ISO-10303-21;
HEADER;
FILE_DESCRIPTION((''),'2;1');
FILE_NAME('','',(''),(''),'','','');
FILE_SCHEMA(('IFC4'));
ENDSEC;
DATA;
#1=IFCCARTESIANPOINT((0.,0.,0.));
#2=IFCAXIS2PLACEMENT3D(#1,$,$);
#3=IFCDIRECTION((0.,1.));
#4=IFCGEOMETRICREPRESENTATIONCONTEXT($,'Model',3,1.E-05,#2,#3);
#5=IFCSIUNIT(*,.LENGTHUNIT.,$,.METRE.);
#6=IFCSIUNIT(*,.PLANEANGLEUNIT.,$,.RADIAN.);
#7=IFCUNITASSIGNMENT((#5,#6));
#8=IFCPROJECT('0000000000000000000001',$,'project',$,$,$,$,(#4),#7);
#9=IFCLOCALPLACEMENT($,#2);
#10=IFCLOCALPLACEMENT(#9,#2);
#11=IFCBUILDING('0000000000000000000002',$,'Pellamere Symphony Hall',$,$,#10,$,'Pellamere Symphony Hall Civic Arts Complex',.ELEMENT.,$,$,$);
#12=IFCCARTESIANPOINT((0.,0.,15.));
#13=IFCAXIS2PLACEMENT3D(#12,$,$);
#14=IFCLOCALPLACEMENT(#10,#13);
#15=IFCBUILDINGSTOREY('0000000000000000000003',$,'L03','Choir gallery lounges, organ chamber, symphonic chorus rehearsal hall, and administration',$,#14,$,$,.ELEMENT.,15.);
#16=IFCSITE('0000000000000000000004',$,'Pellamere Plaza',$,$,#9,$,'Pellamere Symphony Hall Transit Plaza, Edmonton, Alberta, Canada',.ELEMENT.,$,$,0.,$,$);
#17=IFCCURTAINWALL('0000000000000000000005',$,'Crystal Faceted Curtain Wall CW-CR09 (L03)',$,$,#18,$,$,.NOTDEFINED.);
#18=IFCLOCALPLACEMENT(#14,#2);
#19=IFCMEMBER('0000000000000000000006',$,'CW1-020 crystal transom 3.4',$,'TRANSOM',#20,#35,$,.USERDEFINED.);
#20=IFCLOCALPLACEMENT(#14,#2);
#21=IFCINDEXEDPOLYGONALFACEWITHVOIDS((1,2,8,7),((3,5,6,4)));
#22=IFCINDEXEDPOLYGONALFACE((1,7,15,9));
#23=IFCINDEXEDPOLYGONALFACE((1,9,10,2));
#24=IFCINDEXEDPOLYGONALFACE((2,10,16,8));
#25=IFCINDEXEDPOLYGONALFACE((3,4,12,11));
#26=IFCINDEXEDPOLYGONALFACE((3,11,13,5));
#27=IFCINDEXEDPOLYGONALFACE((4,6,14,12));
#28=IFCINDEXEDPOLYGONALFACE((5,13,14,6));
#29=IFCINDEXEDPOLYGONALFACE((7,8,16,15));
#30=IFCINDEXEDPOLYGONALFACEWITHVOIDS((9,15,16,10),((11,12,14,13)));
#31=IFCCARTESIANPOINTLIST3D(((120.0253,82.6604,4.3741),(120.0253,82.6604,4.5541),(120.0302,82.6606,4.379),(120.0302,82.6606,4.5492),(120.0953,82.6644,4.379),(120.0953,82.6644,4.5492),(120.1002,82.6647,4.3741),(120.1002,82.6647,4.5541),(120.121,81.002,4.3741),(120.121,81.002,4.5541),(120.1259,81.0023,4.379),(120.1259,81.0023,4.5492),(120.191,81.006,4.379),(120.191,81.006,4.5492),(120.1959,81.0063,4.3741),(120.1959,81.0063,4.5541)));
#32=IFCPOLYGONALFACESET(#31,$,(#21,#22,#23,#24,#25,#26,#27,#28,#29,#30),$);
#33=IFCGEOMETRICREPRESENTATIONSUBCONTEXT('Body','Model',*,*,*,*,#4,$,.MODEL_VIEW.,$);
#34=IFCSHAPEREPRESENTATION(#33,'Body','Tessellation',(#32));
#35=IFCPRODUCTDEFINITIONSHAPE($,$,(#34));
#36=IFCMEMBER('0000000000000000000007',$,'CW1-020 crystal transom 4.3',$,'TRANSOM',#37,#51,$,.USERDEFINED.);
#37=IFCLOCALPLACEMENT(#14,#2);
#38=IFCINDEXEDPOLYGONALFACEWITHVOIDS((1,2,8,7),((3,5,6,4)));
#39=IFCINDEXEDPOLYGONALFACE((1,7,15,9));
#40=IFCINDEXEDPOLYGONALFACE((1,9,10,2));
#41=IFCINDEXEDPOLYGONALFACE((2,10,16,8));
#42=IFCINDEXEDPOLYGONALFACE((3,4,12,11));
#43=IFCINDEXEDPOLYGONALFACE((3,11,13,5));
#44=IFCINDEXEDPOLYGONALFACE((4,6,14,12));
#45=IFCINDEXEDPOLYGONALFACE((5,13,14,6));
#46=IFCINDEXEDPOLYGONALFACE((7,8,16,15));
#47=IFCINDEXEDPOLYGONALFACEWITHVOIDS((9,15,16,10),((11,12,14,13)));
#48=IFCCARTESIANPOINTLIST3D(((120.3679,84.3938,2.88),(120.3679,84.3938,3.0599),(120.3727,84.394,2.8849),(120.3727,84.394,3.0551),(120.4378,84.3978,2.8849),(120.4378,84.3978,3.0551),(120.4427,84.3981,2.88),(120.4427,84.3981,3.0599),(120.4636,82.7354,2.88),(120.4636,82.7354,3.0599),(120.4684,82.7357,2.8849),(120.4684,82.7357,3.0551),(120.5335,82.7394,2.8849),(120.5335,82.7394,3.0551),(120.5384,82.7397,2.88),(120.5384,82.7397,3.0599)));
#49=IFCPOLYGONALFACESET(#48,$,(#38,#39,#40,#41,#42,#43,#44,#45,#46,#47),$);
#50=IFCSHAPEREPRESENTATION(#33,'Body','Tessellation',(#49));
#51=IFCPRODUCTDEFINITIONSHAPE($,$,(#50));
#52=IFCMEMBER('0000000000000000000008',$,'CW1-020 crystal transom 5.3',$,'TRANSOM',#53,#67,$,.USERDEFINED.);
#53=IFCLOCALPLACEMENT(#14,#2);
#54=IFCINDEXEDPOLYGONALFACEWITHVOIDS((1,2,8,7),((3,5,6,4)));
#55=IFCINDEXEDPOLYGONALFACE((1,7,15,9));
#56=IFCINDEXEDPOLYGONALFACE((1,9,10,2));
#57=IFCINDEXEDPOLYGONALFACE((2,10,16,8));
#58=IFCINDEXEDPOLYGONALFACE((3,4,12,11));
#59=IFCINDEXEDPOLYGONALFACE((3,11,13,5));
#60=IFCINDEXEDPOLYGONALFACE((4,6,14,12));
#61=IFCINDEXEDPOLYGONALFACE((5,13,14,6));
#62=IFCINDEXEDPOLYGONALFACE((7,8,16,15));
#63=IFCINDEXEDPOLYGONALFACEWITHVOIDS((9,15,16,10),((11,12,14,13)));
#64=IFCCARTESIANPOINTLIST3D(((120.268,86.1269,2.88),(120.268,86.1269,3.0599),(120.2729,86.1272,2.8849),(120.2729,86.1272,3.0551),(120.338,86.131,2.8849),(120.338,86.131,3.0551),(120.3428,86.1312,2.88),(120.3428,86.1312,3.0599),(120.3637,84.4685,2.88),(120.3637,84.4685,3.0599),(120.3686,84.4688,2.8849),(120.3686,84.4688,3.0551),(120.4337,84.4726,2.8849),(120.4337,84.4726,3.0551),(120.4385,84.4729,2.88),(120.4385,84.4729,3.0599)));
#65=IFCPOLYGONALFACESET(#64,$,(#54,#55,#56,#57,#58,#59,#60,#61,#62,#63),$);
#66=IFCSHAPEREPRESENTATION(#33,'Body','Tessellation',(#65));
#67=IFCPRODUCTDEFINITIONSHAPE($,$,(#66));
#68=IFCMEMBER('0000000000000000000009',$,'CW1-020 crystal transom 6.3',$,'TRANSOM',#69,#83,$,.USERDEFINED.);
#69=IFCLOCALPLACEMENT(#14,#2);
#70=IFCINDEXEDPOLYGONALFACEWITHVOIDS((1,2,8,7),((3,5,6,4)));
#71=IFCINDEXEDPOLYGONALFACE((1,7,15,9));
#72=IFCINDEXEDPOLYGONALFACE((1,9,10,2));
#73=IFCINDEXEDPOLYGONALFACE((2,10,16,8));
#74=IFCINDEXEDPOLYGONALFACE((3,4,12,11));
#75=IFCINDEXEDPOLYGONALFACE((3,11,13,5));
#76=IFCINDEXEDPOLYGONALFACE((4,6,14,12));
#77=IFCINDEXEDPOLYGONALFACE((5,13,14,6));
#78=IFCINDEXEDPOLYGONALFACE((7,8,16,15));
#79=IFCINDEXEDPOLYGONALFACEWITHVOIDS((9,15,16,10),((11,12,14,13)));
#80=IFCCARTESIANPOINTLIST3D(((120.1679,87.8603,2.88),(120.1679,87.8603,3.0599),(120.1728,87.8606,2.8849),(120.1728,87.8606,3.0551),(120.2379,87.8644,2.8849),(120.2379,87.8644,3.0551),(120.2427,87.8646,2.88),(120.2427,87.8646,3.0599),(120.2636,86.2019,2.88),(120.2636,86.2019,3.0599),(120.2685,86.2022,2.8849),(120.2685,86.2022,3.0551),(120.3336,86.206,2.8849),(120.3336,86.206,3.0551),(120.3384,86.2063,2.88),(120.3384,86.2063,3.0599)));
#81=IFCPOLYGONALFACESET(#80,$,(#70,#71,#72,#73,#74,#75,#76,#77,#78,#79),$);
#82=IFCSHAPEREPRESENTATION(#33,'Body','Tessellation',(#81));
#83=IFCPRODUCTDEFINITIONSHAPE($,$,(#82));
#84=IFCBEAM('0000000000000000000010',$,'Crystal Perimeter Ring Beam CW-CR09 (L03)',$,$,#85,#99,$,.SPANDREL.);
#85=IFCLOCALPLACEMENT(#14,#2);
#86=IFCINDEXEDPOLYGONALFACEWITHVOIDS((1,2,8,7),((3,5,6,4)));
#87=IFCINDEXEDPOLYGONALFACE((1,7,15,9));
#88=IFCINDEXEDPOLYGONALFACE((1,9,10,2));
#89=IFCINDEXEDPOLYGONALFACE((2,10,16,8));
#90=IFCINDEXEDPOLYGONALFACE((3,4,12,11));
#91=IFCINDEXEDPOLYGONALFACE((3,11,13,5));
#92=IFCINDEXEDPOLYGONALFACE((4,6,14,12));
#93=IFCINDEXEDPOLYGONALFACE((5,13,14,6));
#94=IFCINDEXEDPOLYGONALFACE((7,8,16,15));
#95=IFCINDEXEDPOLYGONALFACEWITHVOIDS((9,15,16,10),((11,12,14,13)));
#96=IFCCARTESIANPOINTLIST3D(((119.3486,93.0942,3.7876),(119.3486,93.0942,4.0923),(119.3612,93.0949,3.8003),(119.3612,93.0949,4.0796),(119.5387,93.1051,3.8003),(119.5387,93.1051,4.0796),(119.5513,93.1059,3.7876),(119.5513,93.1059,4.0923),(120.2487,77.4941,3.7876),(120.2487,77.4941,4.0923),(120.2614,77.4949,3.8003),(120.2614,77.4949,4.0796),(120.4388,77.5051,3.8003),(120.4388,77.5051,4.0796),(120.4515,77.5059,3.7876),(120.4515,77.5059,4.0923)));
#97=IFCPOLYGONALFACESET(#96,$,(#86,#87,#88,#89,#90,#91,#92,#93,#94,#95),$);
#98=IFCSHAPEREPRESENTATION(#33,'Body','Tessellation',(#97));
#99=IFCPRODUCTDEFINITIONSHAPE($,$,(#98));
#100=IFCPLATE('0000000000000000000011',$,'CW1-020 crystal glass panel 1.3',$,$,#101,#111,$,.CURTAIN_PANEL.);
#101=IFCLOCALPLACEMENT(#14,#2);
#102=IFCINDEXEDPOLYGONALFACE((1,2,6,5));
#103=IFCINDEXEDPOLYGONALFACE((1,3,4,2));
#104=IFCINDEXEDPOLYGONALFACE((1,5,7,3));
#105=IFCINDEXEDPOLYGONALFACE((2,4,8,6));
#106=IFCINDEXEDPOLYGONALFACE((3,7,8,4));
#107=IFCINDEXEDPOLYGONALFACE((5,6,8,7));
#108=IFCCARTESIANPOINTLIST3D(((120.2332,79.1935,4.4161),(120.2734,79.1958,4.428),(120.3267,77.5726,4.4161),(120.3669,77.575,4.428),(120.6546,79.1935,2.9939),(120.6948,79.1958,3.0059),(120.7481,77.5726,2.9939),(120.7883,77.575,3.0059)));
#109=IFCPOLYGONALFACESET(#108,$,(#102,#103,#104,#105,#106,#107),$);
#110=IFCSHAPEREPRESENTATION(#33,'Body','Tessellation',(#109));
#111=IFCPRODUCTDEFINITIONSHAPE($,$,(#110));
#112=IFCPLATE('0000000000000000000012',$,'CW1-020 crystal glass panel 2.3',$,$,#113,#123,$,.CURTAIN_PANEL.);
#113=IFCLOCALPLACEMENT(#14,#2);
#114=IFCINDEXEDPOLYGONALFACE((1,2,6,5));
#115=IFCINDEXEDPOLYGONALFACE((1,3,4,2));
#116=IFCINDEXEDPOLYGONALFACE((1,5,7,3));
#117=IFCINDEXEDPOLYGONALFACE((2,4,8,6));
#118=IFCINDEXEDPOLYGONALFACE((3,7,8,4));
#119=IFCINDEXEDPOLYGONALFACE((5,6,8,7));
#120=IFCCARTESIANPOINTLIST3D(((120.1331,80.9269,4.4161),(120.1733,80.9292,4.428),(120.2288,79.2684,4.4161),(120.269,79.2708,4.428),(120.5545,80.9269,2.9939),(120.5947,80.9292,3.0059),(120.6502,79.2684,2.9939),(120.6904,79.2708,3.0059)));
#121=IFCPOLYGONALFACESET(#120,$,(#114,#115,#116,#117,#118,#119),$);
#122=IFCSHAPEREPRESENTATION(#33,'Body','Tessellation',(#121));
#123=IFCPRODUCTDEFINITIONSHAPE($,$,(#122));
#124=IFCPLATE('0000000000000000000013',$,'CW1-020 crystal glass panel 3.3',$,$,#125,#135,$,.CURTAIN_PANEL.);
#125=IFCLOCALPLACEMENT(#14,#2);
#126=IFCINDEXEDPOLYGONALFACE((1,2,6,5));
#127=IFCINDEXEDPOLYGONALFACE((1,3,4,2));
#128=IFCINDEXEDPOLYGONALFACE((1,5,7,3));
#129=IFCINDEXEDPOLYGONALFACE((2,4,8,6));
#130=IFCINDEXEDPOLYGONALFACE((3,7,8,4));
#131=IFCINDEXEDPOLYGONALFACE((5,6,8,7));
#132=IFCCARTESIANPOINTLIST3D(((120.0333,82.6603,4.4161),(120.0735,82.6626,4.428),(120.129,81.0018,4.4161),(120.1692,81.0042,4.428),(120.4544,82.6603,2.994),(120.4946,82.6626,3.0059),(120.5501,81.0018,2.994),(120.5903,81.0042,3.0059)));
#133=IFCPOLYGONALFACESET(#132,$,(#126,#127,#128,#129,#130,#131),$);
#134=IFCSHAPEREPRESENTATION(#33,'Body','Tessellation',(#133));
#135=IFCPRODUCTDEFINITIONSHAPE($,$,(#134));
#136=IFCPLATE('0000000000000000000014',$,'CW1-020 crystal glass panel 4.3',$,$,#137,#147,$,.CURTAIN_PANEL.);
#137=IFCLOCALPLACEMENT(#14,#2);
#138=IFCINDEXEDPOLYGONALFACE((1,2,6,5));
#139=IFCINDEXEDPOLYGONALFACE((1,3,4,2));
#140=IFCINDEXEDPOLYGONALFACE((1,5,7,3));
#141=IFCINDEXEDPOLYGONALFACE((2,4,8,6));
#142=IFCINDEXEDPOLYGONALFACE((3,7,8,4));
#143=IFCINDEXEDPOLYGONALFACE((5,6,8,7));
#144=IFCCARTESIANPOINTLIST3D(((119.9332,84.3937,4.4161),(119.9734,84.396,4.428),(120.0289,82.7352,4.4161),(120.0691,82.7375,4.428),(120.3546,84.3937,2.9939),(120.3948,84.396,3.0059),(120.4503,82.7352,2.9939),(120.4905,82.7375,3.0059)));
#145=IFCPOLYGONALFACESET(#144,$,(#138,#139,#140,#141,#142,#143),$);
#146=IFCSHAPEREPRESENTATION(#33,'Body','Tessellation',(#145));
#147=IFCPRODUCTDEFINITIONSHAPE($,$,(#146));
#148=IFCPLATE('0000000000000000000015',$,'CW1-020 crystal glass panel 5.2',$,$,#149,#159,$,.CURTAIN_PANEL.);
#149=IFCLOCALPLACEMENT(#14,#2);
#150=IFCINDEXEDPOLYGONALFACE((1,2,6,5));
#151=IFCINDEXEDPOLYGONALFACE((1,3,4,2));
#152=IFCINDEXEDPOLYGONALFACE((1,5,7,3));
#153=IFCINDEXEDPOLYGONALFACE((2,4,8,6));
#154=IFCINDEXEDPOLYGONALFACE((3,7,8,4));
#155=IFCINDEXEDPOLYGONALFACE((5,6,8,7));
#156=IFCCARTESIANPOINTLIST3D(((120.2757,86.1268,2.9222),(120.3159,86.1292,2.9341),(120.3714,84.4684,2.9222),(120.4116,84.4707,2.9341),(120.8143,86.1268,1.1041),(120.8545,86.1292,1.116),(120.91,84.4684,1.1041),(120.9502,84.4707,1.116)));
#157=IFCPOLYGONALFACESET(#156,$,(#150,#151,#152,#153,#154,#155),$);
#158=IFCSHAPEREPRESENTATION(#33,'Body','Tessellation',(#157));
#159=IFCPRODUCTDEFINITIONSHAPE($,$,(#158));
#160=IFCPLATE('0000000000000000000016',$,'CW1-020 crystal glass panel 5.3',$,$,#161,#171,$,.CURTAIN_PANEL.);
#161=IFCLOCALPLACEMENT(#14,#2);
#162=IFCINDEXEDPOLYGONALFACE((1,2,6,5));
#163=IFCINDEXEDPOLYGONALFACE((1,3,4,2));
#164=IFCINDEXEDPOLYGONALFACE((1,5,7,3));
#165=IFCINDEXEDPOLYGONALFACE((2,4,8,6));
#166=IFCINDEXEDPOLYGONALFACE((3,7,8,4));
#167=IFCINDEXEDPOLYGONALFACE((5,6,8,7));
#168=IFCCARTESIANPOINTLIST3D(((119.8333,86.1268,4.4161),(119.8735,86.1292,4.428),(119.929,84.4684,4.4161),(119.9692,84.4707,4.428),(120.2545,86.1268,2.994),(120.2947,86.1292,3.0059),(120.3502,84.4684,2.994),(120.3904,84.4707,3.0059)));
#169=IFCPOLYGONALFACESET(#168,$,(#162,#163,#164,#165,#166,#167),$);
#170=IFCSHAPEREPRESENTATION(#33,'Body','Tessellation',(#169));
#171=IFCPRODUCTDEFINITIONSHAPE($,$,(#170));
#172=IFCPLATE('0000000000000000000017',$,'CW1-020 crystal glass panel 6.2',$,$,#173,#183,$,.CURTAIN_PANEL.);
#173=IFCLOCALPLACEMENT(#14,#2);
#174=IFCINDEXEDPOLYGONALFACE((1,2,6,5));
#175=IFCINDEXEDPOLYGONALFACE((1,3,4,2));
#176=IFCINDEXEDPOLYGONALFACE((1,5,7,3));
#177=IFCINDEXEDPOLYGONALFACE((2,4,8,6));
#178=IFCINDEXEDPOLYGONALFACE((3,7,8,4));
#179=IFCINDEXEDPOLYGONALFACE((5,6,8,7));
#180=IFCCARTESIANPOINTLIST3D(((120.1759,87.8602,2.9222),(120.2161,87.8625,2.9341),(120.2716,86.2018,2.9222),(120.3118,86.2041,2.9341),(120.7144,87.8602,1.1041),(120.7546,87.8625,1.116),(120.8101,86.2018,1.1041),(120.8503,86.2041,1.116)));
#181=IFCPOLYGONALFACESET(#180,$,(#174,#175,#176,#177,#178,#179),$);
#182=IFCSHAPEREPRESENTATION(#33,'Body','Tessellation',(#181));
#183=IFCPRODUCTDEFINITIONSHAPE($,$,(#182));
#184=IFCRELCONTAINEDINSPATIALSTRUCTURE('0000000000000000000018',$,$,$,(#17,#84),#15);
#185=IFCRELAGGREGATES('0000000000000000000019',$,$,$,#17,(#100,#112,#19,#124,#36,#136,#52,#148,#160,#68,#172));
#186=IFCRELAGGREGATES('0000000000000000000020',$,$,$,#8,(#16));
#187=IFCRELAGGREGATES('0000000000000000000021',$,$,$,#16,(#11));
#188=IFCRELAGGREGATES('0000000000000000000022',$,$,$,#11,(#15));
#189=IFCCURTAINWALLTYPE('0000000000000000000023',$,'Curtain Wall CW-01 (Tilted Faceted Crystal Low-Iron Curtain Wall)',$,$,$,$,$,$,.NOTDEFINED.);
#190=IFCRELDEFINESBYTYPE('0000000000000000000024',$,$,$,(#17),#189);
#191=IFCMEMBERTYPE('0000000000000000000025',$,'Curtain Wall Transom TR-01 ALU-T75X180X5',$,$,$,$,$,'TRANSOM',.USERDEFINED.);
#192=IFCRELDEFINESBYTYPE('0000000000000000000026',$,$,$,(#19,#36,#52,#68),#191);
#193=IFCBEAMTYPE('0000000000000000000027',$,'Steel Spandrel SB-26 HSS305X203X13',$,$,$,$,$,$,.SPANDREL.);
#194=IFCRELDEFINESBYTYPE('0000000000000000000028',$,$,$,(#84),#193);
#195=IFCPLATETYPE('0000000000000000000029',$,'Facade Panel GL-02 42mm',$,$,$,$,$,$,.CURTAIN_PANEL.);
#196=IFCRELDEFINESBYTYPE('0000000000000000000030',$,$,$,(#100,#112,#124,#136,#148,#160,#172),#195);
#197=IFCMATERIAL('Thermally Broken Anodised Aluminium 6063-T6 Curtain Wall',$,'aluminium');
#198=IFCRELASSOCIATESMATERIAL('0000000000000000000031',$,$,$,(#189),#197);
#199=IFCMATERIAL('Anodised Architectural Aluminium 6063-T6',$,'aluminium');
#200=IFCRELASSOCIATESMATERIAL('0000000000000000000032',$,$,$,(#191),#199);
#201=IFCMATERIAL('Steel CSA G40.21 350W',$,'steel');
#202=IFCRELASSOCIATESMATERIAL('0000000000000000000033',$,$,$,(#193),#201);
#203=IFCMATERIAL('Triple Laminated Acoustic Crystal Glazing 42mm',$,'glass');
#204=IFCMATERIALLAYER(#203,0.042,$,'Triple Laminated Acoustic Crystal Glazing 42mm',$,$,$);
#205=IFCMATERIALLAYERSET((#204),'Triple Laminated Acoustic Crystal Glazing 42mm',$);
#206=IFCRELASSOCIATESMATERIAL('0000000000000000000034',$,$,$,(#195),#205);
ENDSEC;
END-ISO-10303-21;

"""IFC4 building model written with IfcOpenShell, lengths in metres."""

from ifc_helpers import new_model, si_unit, direction, frame, origin, origin_2d, place, context, subcontext, project, spatial, polyline, hollow_rectangle, outline, extrude, material, layer, layer_set, material_profile, profile_set, type_object, element, aggregate, save


model = new_model("IFC4")

# Units and contexts
model_context = context("Model", 3, precision=1e-05, world=origin(), true_north=direction((0.0, 1.0)))
body_context = subcontext(model_context, "Body", "Model", "MODEL_VIEW")
ifc_project = project(units=[si_unit("LENGTHUNIT", "METRE"), si_unit("PLANEANGLEUNIT", "RADIAN")], contexts=[model_context])

# Site, building, storey
site_placement = place(None, origin())
site = spatial("IfcSite", under=ifc_project, at=site_placement, Name="Pellamere Plaza", LongName="Pellamere Symphony Hall Transit Plaza, Edmonton, Alberta, Canada", CompositionType="ELEMENT", RefElevation=0.0)
building_placement = place(site_placement, origin())
building = spatial("IfcBuilding", under=site, at=building_placement, Name="Pellamere Symphony Hall", LongName="Pellamere Symphony Hall Civic Arts Complex", CompositionType="ELEMENT")
storey_placement = place(building_placement, frame((0.0, 0.0, 15.0)))
storey = spatial("IfcBuildingStorey", under=building, at=storey_placement, Name="L03", Description="Choir gallery lounges, organ chamber, symphonic chorus rehearsal hall, and administration", CompositionType="ELEMENT", Elevation=15.0)

# Curtain wall, members
ifc_material_1 = material(Name="Thermally Broken Anodised Aluminium 6063-T6 Curtain Wall", Category="aluminium")
curtain_wall_type = type_object("IfcCurtainWallType", Name="Curtain Wall CW-01 (Tilted Faceted Crystal Low-Iron Curtain Wall)", PredefinedType="NOTDEFINED", material=ifc_material_1)
ifc_material_2 = material(Name="Anodised Architectural Aluminium 6063-T6", Category="aluminium")
ifc_material_profile_1 = material_profile(ifc_material_2, hollow_rectangle(XDim=0.075, YDim=0.1799, WallThickness=0.0049, at=origin_2d()), Name="ALU-T75X180X5")
ifc_profile_set_1 = profile_set([ifc_material_profile_1], Name="Anodised Architectural Aluminium 6063-T6")
member_type_1 = type_object("IfcMemberType", Name="Curtain Wall Transom TR-01 ALU-T75X180X5", ElementType="TRANSOM", PredefinedType="USERDEFINED", material=ifc_profile_set_1)
curtain_wall_1_placement = place(storey_placement, origin())
curtain_wall_1 = element("IfcCurtainWall", 1, at=curtain_wall_1_placement, inside=storey, type_object=curtain_wall_type, Name="Crystal Faceted Curtain Wall CW-CR09 (L03)", PredefinedType="NOTDEFINED")
member_1_placement = place(storey_placement, frame((120.1584, 81.0042, 4.4641), z_axis=(-0.057611, 0.998339, 0.0), x_axis=(-0.998339, -0.057611, 0.0)))
member_1 = element("IfcMember", 2, at=member_1_placement, type_object=member_type_1, Name="CW1-020 crystal transom 3.4", ObjectType="TRANSOM", PredefinedType="USERDEFINED", context=body_context, shape_type="SweptSolid", body=[
    extrude(hollow_rectangle(XDim=0.075, YDim=0.1799, WallThickness=0.0049, at=origin_2d()), origin(), (0.0, 0.0, 1.0), 1.6611),
])
member_2_placement = place(storey_placement, frame((120.501, 82.7375, 2.97), z_axis=(-0.057611, 0.998339, 0.0), x_axis=(-0.998339, -0.057611, 0.0)))
member_2 = element("IfcMember", 3, at=member_2_placement, type_object=member_type_1, Name="CW1-020 crystal transom 4.3", ObjectType="TRANSOM", PredefinedType="USERDEFINED", context=body_context, shape_type="SweptSolid", body=[
    extrude(hollow_rectangle(XDim=0.075, YDim=0.1799, WallThickness=0.0049, at=origin_2d()), origin(), (0.0, 0.0, 1.0), 1.6611),
])
member_3_placement = place(storey_placement, frame((120.4011, 84.4707, 2.97), z_axis=(-0.057611, 0.998339, 0.0), x_axis=(-0.998339, -0.057611, 0.0)))
member_3 = element("IfcMember", 4, at=member_3_placement, type_object=member_type_1, Name="CW1-020 crystal transom 5.3", ObjectType="TRANSOM", PredefinedType="USERDEFINED", context=body_context, shape_type="SweptSolid", body=[
    extrude(hollow_rectangle(XDim=0.075, YDim=0.1799, WallThickness=0.0049, at=origin_2d()), origin(), (0.0, 0.0, 1.0), 1.6611),
])
member_4_placement = place(storey_placement, frame((120.301, 86.2041, 2.97), z_axis=(-0.057611, 0.998339, 0.0), x_axis=(-0.998339, -0.057611, 0.0)))
member_4 = element("IfcMember", 5, at=member_4_placement, type_object=member_type_1, Name="CW1-020 crystal transom 6.3", ObjectType="TRANSOM", PredefinedType="USERDEFINED", context=body_context, shape_type="SweptSolid", body=[
    extrude(hollow_rectangle(XDim=0.075, YDim=0.1799, WallThickness=0.0049, at=origin_2d()), origin(), (0.0, 0.0, 1.0), 1.6611),
])

# Beam
ifc_material_3 = material(Name="Steel CSA G40.21 350W", Category="steel")
ifc_material_profile_2 = material_profile(ifc_material_3, hollow_rectangle(XDim=0.2031, YDim=0.3047, WallThickness=0.0127, at=origin_2d()), Name="HSS305X203X13")
ifc_profile_set_2 = profile_set([ifc_material_profile_2], Name="Steel CSA G40.21 350W")
beam_type = type_object("IfcBeamType", Name="Steel Spandrel SB-26 HSS305X203X13", PredefinedType="SPANDREL", material=ifc_profile_set_2)
beam_placement = place(storey_placement, frame((120.3501, 77.5, 3.9399), z_axis=(-0.057606, 0.998339, 0.0), x_axis=(-0.998339, -0.057606, 0.0)))
element("IfcBeam", 6, at=beam_placement, inside=storey, type_object=beam_type, Name="Crystal Perimeter Ring Beam CW-CR09 (L03)", PredefinedType="SPANDREL", context=body_context, shape_type="SweptSolid", body=[
    extrude(hollow_rectangle(XDim=0.2031, YDim=0.3047, WallThickness=0.0127, at=origin_2d()), origin(), (0.0, 0.0, 1.0), 15.626),
])

# Plates
ifc_material_4 = material(Name="Triple Laminated Acoustic Crystal Glazing 42mm", Category="glass")
ifc_layer_1 = layer(ifc_material_4, 0.042, Name="Triple Laminated Acoustic Crystal Glazing 42mm")
ifc_layer_set_1 = layer_set([ifc_layer_1], Name="Triple Laminated Acoustic Crystal Glazing 42mm")
plate_type_1 = type_object("IfcPlateType", Name="Facade Panel GL-02 42mm", PredefinedType="CURTAIN_PANEL", material=ifc_layer_set_1)
plate_1_placement = place(storey_placement, frame((120.7883, 77.575, 3.0059), z_axis=(0.957331, 0.055228, 0.283666), x_axis=(-0.057594, 0.99834, 0.0)))
plate_1 = element("IfcPlate", 7, at=plate_1_placement, type_object=plate_type_1, Name="CW1-020 crystal glass panel 1.3", PredefinedType="CURTAIN_PANEL", context=body_context, shape_type="SweptSolid", body=[
    extrude(outline(polyline([(0.0, 0.0), (1.6235, 0.0), (1.6478, 1.483), (0.0243, 1.483), (0.0, 0.0)])), origin(), (0.0, 0.0, -1.0), 0.042),
])
plate_2_placement = place(storey_placement, frame((120.6904, 79.2708, 3.0059), z_axis=(0.957331, 0.055244, 0.283666), x_axis=(-0.057611, 0.998339, 0.0)))
plate_2 = element("IfcPlate", 8, at=plate_2_placement, type_object=plate_type_1, Name="CW1-020 crystal glass panel 2.3", PredefinedType="CURTAIN_PANEL", context=body_context, shape_type="SweptSolid", body=[
    extrude(outline(polyline([(0.0, 0.0), (1.6612, 0.0), (1.6855, 1.483), (0.0243, 1.483), (0.0, 0.0)])), origin(), (0.0, 0.0, -1.0), 0.042),
])
plate_3_placement = place(storey_placement, frame((120.5903, 81.0042, 3.0059), z_axis=(0.957375, 0.055247, 0.283515), x_axis=(-0.057611, 0.998339, 0.0)))
plate_3 = element("IfcPlate", 9, at=plate_3_placement, type_object=plate_type_1, Name="CW1-020 crystal glass panel 3.3", PredefinedType="CURTAIN_PANEL", context=body_context, shape_type="SweptSolid", body=[
    extrude(outline(polyline([(0.0, 0.0), (1.6612, 0.0), (1.6855, 1.483), (0.0243, 1.483), (0.0, 0.0)])), origin(), (0.0, 0.0, -1.0), 0.042),
])
plate_4_placement = place(storey_placement, frame((120.4905, 82.7375, 3.0059), z_axis=(0.957331, 0.055244, 0.283666), x_axis=(-0.057611, 0.998339, 0.0)))
plate_4 = element("IfcPlate", 10, at=plate_4_placement, type_object=plate_type_1, Name="CW1-020 crystal glass panel 4.3", PredefinedType="CURTAIN_PANEL", context=body_context, shape_type="SweptSolid", body=[
    extrude(outline(polyline([(0.0, 0.0), (1.6612, 0.0), (1.6855, 1.483), (0.0243, 1.483), (0.0, 0.0)])), origin(), (0.0, 0.0, -1.0), 0.042),
])
plate_5_placement = place(storey_placement, frame((120.9502, 84.4707, 1.116), z_axis=(0.957352, 0.055245, 0.283593), x_axis=(-0.057611, 0.998339, 0.0)))
plate_5 = element("IfcPlate", 11, at=plate_5_placement, type_object=plate_type_1, Name="CW1-020 crystal glass panel 5.2", PredefinedType="CURTAIN_PANEL", context=body_context, shape_type="SweptSolid", body=[
    extrude(outline(polyline([(0.0, 0.0), (1.6612, 0.0), (1.6922, 1.896), (0.031, 1.896), (0.0, 0.0)])), origin(), (0.0, 0.0, -1.0), 0.042),
])
plate_6_placement = place(storey_placement, frame((120.3904, 84.4707, 3.0059), z_axis=(0.957375, 0.055247, 0.283515), x_axis=(-0.057611, 0.998339, 0.0)))
plate_6 = element("IfcPlate", 12, at=plate_6_placement, type_object=plate_type_1, Name="CW1-020 crystal glass panel 5.3", PredefinedType="CURTAIN_PANEL", context=body_context, shape_type="SweptSolid", body=[
    extrude(outline(polyline([(0.0, 0.0), (1.6612, 0.0), (1.6855, 1.483), (0.0243, 1.483), (0.0, 0.0)])), origin(), (0.0, 0.0, -1.0), 0.042),
])
plate_7_placement = place(storey_placement, frame((120.8503, 86.2041, 1.116), z_axis=(0.957352, 0.055245, 0.283593), x_axis=(-0.057611, 0.998339, 0.0)))
plate_7 = element("IfcPlate", 13, at=plate_7_placement, type_object=plate_type_1, Name="CW1-020 crystal glass panel 6.2", PredefinedType="CURTAIN_PANEL", context=body_context, shape_type="SweptSolid", body=[
    extrude(outline(polyline([(0.0, 0.0), (1.6612, 0.0), (1.6922, 1.896), (0.031, 1.896), (0.0, 0.0)])), origin(), (0.0, 0.0, -1.0), 0.042),
])
aggregate(curtain_wall_1, [plate_1, plate_2, member_1, plate_3, member_2, plate_4, member_3, plate_5, plate_6, member_4, plate_7])

save(model, "model.ifc")
